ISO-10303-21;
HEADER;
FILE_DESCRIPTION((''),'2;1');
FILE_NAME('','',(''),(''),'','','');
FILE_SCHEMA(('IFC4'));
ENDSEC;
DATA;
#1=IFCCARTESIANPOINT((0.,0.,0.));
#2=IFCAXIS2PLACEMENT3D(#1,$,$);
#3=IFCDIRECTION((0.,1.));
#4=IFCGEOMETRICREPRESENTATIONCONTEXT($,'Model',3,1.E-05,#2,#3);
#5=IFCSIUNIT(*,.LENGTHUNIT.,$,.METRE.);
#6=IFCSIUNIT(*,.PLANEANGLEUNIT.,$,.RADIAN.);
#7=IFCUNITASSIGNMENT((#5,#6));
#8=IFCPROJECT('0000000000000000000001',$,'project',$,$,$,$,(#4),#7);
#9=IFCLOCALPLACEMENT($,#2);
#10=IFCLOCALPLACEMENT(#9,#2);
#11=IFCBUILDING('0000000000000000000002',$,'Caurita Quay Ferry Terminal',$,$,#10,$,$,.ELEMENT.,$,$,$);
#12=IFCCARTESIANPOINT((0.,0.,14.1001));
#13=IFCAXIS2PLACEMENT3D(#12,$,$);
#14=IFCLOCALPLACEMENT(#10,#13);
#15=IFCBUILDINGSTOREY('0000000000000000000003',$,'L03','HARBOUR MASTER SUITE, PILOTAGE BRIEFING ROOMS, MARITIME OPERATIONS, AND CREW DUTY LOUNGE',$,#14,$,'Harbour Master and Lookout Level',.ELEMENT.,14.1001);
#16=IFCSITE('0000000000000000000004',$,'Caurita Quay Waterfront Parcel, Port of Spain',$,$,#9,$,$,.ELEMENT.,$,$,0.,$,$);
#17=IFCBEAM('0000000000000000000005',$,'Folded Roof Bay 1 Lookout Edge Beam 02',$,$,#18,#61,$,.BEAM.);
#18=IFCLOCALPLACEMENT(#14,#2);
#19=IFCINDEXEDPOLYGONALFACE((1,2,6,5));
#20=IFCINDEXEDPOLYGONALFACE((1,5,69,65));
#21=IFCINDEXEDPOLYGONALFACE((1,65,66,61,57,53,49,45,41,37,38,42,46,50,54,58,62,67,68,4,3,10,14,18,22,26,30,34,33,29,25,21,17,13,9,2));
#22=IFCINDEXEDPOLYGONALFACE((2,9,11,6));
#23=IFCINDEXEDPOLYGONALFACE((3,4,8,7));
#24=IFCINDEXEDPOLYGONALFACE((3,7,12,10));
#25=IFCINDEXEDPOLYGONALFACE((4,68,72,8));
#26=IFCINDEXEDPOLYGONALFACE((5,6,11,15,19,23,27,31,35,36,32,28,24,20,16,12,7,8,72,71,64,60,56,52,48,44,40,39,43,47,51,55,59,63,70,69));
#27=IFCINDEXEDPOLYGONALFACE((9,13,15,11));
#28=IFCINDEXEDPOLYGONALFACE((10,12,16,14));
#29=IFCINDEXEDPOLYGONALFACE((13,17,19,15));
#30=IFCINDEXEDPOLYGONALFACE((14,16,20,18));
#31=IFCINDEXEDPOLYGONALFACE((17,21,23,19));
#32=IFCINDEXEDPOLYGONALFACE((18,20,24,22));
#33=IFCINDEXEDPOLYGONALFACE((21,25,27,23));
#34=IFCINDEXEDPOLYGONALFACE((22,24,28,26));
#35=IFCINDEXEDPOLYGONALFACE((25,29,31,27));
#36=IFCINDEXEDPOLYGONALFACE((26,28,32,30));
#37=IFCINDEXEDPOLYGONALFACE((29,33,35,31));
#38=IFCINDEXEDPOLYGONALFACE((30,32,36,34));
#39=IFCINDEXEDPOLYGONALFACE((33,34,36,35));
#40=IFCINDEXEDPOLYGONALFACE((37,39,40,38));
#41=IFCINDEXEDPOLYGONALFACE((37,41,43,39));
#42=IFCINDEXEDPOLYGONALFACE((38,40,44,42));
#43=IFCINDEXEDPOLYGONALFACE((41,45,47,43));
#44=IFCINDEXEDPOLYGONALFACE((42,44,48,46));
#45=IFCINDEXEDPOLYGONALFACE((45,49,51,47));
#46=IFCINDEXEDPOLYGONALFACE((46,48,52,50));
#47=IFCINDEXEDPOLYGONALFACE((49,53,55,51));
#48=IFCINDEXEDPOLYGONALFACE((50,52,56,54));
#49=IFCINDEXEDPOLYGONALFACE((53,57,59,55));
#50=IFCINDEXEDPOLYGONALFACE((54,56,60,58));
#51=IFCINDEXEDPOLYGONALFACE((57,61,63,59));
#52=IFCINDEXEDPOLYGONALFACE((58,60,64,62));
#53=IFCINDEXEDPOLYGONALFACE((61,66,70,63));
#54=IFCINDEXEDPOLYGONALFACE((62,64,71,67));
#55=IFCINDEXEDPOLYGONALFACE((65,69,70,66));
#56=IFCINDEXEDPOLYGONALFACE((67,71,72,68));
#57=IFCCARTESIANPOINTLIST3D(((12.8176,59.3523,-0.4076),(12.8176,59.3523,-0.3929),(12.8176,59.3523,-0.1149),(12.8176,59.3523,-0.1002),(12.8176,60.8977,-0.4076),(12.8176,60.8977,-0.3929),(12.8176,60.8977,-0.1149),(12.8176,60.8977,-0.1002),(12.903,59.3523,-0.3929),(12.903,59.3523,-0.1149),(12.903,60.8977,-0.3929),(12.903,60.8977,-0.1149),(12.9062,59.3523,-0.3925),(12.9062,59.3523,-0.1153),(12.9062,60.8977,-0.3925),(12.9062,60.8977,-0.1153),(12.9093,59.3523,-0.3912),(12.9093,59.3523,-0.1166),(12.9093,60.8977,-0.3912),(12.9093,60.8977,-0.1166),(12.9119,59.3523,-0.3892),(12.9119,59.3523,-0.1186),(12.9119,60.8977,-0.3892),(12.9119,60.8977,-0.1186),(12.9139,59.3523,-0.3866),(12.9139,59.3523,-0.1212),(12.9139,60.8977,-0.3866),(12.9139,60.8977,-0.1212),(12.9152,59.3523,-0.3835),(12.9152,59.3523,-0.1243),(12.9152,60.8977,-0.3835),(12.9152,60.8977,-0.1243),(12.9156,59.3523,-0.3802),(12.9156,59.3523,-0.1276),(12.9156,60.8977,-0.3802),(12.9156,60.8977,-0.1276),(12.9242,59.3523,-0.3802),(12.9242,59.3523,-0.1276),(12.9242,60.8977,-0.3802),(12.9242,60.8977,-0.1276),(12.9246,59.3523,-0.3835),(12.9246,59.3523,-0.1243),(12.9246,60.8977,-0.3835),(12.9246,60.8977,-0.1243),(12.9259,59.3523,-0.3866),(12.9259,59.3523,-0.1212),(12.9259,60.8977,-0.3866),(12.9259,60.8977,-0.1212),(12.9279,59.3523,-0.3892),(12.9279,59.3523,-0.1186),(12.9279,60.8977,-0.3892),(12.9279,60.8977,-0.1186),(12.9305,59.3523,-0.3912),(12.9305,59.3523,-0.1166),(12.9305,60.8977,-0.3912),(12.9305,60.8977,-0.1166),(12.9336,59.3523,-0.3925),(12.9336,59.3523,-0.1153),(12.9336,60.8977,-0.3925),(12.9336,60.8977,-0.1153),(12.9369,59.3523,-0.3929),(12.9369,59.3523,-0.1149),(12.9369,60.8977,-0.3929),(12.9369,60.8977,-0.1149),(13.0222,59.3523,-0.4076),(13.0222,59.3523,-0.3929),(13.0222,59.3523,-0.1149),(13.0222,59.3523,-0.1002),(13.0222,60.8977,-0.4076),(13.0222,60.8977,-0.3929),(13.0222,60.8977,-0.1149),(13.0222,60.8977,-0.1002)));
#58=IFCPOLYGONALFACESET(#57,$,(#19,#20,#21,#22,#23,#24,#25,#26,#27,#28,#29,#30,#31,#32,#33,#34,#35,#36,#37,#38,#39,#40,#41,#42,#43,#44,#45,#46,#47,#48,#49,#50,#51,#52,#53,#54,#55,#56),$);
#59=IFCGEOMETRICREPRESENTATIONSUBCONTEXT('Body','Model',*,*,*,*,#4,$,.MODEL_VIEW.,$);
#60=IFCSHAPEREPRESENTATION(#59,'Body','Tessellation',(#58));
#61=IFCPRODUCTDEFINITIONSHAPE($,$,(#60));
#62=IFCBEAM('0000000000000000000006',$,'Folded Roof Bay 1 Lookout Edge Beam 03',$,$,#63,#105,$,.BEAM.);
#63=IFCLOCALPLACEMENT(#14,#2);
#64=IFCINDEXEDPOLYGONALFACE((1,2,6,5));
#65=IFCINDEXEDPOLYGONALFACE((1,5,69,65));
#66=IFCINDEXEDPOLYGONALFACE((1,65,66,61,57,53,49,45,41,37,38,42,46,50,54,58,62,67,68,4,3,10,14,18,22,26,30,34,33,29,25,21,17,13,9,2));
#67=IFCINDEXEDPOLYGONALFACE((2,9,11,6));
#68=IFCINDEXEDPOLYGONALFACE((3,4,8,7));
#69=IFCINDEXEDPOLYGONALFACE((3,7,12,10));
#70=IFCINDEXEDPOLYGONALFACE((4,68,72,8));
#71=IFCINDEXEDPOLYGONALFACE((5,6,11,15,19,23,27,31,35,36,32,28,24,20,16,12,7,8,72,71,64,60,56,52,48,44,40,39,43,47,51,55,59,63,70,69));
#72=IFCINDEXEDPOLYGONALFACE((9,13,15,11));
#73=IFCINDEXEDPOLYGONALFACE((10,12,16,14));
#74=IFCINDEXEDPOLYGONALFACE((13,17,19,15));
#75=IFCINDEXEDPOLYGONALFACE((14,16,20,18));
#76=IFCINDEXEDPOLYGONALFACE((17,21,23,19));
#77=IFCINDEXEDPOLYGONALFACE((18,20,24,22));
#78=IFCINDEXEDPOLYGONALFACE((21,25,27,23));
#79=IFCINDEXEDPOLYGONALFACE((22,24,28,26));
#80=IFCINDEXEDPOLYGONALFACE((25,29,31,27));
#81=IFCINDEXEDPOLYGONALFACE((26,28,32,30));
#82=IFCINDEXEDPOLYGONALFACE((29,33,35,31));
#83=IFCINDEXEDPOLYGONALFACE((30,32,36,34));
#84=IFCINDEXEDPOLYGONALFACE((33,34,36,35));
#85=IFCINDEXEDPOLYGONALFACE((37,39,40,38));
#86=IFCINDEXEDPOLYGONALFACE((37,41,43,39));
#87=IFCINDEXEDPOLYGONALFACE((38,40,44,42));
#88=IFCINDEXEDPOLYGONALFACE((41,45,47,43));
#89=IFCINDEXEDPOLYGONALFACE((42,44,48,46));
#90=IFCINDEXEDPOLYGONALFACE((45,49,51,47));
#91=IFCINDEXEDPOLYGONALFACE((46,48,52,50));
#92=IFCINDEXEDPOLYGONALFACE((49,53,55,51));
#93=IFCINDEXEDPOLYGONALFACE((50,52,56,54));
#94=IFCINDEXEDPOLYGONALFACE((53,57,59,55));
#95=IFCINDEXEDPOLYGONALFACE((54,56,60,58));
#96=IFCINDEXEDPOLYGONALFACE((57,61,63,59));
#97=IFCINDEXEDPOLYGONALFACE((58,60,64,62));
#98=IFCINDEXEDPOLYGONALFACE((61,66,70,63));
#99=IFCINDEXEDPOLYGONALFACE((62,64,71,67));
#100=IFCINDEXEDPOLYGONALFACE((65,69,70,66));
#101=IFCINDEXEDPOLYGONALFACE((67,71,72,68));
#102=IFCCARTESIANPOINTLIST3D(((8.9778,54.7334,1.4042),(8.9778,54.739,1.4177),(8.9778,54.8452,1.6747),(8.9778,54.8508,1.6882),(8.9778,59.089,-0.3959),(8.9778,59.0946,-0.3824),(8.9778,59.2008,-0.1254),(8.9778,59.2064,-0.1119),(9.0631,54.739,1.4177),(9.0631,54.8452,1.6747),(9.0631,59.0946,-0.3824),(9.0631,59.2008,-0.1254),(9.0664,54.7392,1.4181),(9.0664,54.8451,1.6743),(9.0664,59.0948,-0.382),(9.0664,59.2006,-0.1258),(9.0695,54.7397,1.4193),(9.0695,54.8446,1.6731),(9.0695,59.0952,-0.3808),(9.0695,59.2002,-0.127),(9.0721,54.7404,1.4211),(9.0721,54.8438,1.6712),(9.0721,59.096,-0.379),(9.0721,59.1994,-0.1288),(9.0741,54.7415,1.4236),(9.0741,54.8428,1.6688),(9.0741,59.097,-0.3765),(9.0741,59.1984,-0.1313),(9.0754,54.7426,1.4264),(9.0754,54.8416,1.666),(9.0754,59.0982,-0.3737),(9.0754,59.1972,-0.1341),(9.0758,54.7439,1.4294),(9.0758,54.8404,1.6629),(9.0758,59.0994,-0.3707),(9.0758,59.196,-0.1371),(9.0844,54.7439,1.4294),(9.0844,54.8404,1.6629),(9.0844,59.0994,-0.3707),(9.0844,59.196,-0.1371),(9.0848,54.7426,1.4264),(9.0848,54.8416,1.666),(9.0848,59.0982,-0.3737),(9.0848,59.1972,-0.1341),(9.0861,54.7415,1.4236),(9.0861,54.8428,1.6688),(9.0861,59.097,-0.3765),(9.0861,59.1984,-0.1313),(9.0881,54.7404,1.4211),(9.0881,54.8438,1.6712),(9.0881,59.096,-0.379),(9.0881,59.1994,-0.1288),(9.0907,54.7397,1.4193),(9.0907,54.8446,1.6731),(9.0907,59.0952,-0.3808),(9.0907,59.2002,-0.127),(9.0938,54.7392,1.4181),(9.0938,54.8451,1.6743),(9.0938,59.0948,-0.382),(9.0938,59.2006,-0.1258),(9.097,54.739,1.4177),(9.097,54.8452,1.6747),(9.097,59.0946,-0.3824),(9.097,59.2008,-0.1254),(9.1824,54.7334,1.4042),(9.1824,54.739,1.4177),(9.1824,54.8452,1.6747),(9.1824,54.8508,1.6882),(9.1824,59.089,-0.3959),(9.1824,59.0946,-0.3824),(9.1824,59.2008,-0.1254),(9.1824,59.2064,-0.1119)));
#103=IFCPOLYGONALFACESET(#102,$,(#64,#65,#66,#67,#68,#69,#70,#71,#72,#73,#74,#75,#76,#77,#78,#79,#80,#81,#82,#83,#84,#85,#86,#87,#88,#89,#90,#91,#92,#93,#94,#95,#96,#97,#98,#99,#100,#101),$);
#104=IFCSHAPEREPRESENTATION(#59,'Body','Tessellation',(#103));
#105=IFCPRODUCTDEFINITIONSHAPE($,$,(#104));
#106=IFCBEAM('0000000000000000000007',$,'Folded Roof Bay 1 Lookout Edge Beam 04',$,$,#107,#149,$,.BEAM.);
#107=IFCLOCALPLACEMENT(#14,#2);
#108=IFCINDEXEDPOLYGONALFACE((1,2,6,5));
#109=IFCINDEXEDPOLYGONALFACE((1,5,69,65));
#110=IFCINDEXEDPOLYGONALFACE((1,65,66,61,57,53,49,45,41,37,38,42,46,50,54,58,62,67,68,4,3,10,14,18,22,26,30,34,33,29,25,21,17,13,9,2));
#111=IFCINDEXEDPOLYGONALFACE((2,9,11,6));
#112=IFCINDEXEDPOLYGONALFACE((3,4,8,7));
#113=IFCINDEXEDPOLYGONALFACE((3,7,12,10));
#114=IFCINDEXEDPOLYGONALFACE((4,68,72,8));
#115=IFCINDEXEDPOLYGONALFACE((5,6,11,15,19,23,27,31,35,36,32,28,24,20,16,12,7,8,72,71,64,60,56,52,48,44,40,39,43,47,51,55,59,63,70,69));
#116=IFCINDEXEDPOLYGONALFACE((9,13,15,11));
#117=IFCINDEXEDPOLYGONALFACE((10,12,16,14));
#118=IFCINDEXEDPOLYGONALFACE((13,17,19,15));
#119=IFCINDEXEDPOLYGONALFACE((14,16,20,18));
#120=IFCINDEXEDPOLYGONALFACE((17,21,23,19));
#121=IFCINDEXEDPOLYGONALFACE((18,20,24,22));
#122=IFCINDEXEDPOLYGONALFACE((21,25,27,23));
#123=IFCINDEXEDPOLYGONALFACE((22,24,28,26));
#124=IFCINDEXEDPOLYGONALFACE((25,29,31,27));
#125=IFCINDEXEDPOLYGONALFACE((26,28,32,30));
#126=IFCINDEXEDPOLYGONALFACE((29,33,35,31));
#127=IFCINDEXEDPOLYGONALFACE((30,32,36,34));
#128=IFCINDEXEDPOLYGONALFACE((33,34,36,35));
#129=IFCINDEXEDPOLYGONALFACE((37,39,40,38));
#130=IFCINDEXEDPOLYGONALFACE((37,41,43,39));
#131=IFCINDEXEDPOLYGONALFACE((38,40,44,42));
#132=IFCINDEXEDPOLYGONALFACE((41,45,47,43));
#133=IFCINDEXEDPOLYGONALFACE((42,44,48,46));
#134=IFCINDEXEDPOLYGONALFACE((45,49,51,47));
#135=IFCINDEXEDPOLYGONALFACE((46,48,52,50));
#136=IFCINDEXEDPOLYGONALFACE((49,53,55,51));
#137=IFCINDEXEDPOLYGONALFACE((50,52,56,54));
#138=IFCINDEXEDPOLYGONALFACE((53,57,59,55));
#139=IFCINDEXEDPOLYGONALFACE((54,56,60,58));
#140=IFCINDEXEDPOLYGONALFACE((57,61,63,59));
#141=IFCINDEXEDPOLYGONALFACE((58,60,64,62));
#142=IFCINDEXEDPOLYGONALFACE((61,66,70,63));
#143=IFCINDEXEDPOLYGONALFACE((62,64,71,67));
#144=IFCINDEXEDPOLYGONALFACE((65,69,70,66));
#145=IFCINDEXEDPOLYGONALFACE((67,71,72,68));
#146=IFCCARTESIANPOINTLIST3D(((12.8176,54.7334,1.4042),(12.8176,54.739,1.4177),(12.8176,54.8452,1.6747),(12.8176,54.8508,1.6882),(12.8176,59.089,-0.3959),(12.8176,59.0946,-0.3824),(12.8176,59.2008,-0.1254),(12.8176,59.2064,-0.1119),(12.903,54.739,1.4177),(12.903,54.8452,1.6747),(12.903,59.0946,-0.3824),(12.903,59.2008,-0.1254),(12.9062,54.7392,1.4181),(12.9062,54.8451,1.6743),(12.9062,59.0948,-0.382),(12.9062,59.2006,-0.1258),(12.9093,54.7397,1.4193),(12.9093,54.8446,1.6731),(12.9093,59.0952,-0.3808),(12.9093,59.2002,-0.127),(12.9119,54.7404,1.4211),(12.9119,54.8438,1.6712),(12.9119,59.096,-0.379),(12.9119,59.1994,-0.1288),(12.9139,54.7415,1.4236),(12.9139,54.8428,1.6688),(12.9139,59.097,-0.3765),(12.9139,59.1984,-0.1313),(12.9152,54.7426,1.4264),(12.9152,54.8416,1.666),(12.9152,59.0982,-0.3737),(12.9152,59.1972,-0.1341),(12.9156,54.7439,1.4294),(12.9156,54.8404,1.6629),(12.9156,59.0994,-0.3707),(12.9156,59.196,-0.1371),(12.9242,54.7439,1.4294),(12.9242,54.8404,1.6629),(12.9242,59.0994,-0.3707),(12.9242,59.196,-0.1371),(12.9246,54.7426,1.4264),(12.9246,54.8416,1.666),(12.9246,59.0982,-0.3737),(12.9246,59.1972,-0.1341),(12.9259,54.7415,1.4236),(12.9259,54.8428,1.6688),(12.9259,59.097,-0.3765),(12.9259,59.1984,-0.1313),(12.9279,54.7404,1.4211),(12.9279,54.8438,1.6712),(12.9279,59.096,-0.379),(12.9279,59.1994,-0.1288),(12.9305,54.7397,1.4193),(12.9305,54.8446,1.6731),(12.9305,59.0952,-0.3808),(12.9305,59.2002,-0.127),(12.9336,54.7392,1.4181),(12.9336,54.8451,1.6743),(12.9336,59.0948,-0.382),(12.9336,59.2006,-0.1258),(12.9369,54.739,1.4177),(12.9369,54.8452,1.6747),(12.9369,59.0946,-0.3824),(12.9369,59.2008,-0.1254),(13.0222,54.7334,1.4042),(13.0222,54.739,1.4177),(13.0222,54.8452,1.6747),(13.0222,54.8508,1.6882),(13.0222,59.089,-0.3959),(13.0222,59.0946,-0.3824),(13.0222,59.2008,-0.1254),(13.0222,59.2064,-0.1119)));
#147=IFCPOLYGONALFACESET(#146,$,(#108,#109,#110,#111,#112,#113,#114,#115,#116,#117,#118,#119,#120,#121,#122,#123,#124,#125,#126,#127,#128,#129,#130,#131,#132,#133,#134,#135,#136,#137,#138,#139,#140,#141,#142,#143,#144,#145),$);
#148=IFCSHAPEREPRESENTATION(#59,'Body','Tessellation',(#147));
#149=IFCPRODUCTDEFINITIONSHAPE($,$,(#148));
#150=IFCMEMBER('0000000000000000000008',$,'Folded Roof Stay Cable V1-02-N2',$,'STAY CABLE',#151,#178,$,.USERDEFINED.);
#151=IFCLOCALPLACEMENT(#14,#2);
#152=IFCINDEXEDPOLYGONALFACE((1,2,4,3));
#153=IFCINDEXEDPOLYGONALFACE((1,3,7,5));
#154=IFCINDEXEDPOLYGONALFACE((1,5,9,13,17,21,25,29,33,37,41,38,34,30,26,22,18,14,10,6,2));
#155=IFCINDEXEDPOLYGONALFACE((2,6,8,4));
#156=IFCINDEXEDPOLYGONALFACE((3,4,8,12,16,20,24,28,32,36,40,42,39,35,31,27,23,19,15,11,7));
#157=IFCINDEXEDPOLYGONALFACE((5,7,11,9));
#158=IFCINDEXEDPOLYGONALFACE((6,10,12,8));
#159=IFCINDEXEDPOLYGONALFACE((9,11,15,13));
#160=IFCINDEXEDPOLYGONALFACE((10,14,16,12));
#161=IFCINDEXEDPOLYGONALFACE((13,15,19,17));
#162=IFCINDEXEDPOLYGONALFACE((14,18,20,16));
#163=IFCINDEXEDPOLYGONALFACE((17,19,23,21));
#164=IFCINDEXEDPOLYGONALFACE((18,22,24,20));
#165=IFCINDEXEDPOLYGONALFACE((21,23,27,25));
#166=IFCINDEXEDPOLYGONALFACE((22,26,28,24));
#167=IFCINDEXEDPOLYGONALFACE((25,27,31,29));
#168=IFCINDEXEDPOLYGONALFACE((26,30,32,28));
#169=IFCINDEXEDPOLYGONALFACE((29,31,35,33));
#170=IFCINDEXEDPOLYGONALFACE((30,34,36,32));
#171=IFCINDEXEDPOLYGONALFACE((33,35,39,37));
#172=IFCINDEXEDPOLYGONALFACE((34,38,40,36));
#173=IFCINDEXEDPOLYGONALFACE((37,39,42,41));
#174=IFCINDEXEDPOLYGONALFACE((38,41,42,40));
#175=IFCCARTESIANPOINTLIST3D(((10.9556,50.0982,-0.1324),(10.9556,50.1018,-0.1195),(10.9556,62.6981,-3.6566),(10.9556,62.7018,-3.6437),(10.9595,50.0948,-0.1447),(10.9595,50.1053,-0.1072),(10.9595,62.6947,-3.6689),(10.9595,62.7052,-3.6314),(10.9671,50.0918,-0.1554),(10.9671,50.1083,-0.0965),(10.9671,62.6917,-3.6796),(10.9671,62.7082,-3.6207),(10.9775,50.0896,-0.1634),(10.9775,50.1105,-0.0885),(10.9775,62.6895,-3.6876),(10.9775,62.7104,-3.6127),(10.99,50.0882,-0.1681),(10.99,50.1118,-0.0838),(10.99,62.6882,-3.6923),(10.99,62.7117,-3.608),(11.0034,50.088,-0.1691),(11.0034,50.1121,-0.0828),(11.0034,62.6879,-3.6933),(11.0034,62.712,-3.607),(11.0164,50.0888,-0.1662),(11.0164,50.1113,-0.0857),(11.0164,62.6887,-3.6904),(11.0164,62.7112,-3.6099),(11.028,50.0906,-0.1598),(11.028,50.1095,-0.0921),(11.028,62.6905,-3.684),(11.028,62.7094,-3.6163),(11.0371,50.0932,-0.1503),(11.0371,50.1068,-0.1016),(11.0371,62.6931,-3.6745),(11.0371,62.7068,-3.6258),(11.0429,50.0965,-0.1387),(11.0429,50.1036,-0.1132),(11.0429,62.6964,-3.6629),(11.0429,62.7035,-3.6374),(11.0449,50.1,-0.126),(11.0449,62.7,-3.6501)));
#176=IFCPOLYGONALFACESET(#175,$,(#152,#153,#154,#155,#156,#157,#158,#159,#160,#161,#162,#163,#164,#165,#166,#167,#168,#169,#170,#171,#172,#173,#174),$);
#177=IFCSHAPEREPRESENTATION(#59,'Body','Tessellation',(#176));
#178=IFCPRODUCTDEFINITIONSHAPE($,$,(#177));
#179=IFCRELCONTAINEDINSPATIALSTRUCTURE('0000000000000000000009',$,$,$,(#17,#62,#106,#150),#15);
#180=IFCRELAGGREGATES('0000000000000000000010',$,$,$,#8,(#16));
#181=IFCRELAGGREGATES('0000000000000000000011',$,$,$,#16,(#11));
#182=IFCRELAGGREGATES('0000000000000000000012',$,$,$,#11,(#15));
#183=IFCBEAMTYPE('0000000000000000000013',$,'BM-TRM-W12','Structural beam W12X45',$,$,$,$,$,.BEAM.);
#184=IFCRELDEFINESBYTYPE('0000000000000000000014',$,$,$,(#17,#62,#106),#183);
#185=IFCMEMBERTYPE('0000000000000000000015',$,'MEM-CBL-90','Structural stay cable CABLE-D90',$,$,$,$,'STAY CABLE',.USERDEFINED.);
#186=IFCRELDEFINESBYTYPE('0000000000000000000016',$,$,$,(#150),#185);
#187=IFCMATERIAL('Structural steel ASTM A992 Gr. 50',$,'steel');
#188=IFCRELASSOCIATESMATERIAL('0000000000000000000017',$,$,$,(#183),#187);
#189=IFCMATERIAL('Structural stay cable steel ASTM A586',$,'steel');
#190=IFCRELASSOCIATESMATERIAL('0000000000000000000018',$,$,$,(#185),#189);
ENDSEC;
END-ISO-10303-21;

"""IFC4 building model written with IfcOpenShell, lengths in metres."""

from ifc_helpers import new_model, si_unit, direction, frame, origin, origin_2d, place, context, subcontext, project, spatial, circle, i_section, extrude, material, material_profile, profile_set, type_object, element, save


model = new_model("IFC4")

# Units and contexts
model_context = context("Model", 3, precision=1e-05, world=origin(), true_north=direction((0.0, 1.0)))
body_context = subcontext(model_context, "Body", "Model", "MODEL_VIEW")
ifc_project = project(units=[si_unit("LENGTHUNIT", "METRE"), si_unit("PLANEANGLEUNIT", "RADIAN")], contexts=[model_context])

# Site, building, storey
site_placement = place(None, origin())
site = spatial("IfcSite", under=ifc_project, at=site_placement, Name="Caurita Quay Waterfront Parcel, Port of Spain", CompositionType="ELEMENT", RefElevation=0.0)
building_placement = place(site_placement, origin())
building = spatial("IfcBuilding", under=site, at=building_placement, Name="Caurita Quay Ferry Terminal", CompositionType="ELEMENT")
storey_placement = place(building_placement, frame((0.0, 0.0, 14.1001)))
storey = spatial("IfcBuildingStorey", under=building, at=storey_placement, Name="L03", Description="HARBOUR MASTER SUITE, PILOTAGE BRIEFING ROOMS, MARITIME OPERATIONS, AND CREW DUTY LOUNGE", LongName="Harbour Master and Lookout Level", CompositionType="ELEMENT", Elevation=14.1001)

# Beams
ifc_material_1 = material(Name="Structural steel ASTM A992 Gr. 50", Category="steel")
ifc_material_profile_1 = material_profile(ifc_material_1, i_section(OverallWidth=0.2046, OverallDepth=0.3074, WebThickness=0.0085, FlangeThickness=0.0146, FilletRadius=0.0127, at=origin_2d()), Name="W12X45")
ifc_profile_set_1 = profile_set([ifc_material_profile_1], Name="Structural steel ASTM A992 Gr. 50")
beam_type_1 = type_object("IfcBeamType", Name="BM-TRM-W12", Description="Structural beam W12X45", PredefinedType="BEAM", material=ifc_profile_set_1)
for number, where, z_axis, x_axis, name in (
    (1, (12.9199, 60.8977, -0.2539), (0.0, -1.0, 0.0), (1.0, 0.0, 0.0), "Folded Roof Bay 1 Lookout Edge Beam 02"),
):
    element("IfcBeam", number, at=place(storey_placement, frame(where, z_axis=z_axis, x_axis=x_axis)), inside=storey, type_object=beam_type_1, Name=name, PredefinedType="BEAM", context=body_context, shape_type="SweptSolid", body=[
        extrude(i_section(OverallWidth=0.2046, OverallDepth=0.3074, WebThickness=0.0085, FlangeThickness=0.0146, FilletRadius=0.0127, at=origin_2d()), origin(), (0.0, 0.0, 1.0), 1.5454),
    ])
for number, where, z_axis, x_axis, name in (
    (2, (9.0801, 59.1477, -0.2539), (0.0, -0.924183, 0.381951), (1.0, 0.0, 0.0), "Folded Roof Bay 1 Lookout Edge Beam 03"),
    (3, (12.9199, 59.1477, -0.2539), (0.0, -0.924183, 0.381951), (1.0, 0.0, 0.0), "Folded Roof Bay 1 Lookout Edge Beam 04"),
):
    element("IfcBeam", number, at=place(storey_placement, frame(where, z_axis=z_axis, x_axis=x_axis)), inside=storey, type_object=beam_type_1, Name=name, PredefinedType="BEAM", context=body_context, shape_type="SweptSolid", body=[
        extrude(i_section(OverallWidth=0.2046, OverallDepth=0.3074, WebThickness=0.0085, FlangeThickness=0.0146, FilletRadius=0.0127, at=origin_2d()), origin(), (0.0, 0.0, 1.0), 4.7129),
    ])

# Member
ifc_material_2 = material(Name="Structural stay cable steel ASTM A586", Category="steel")
ifc_material_profile_2 = material_profile(ifc_material_2, circle(Radius=0.0449, at=origin_2d()), Name="CABLE-D90")
ifc_profile_set_2 = profile_set([ifc_material_profile_2], Name="Structural stay cable steel ASTM A586")
member_type_1 = type_object("IfcMemberType", Name="MEM-CBL-90", Description="Structural stay cable CABLE-D90", ElementType="STAY CABLE", PredefinedType="USERDEFINED", material=ifc_profile_set_2)
member_placement = place(storey_placement, frame((11.0, 62.7, -3.6501), z_axis=(0.0, -0.963039, 0.269361), x_axis=(1.0, 0.0, 0.0)))
element("IfcMember", 4, at=member_placement, inside=storey, type_object=member_type_1, Name="Folded Roof Stay Cable V1-02-N2", ObjectType="STAY CABLE", PredefinedType="USERDEFINED", context=body_context, shape_type="SweptSolid", body=[
    extrude(circle(Radius=0.0449, at=origin_2d()), origin(), (0.0, 0.0, 1.0), 13.0835),
])

save(model, "model.ifc")
